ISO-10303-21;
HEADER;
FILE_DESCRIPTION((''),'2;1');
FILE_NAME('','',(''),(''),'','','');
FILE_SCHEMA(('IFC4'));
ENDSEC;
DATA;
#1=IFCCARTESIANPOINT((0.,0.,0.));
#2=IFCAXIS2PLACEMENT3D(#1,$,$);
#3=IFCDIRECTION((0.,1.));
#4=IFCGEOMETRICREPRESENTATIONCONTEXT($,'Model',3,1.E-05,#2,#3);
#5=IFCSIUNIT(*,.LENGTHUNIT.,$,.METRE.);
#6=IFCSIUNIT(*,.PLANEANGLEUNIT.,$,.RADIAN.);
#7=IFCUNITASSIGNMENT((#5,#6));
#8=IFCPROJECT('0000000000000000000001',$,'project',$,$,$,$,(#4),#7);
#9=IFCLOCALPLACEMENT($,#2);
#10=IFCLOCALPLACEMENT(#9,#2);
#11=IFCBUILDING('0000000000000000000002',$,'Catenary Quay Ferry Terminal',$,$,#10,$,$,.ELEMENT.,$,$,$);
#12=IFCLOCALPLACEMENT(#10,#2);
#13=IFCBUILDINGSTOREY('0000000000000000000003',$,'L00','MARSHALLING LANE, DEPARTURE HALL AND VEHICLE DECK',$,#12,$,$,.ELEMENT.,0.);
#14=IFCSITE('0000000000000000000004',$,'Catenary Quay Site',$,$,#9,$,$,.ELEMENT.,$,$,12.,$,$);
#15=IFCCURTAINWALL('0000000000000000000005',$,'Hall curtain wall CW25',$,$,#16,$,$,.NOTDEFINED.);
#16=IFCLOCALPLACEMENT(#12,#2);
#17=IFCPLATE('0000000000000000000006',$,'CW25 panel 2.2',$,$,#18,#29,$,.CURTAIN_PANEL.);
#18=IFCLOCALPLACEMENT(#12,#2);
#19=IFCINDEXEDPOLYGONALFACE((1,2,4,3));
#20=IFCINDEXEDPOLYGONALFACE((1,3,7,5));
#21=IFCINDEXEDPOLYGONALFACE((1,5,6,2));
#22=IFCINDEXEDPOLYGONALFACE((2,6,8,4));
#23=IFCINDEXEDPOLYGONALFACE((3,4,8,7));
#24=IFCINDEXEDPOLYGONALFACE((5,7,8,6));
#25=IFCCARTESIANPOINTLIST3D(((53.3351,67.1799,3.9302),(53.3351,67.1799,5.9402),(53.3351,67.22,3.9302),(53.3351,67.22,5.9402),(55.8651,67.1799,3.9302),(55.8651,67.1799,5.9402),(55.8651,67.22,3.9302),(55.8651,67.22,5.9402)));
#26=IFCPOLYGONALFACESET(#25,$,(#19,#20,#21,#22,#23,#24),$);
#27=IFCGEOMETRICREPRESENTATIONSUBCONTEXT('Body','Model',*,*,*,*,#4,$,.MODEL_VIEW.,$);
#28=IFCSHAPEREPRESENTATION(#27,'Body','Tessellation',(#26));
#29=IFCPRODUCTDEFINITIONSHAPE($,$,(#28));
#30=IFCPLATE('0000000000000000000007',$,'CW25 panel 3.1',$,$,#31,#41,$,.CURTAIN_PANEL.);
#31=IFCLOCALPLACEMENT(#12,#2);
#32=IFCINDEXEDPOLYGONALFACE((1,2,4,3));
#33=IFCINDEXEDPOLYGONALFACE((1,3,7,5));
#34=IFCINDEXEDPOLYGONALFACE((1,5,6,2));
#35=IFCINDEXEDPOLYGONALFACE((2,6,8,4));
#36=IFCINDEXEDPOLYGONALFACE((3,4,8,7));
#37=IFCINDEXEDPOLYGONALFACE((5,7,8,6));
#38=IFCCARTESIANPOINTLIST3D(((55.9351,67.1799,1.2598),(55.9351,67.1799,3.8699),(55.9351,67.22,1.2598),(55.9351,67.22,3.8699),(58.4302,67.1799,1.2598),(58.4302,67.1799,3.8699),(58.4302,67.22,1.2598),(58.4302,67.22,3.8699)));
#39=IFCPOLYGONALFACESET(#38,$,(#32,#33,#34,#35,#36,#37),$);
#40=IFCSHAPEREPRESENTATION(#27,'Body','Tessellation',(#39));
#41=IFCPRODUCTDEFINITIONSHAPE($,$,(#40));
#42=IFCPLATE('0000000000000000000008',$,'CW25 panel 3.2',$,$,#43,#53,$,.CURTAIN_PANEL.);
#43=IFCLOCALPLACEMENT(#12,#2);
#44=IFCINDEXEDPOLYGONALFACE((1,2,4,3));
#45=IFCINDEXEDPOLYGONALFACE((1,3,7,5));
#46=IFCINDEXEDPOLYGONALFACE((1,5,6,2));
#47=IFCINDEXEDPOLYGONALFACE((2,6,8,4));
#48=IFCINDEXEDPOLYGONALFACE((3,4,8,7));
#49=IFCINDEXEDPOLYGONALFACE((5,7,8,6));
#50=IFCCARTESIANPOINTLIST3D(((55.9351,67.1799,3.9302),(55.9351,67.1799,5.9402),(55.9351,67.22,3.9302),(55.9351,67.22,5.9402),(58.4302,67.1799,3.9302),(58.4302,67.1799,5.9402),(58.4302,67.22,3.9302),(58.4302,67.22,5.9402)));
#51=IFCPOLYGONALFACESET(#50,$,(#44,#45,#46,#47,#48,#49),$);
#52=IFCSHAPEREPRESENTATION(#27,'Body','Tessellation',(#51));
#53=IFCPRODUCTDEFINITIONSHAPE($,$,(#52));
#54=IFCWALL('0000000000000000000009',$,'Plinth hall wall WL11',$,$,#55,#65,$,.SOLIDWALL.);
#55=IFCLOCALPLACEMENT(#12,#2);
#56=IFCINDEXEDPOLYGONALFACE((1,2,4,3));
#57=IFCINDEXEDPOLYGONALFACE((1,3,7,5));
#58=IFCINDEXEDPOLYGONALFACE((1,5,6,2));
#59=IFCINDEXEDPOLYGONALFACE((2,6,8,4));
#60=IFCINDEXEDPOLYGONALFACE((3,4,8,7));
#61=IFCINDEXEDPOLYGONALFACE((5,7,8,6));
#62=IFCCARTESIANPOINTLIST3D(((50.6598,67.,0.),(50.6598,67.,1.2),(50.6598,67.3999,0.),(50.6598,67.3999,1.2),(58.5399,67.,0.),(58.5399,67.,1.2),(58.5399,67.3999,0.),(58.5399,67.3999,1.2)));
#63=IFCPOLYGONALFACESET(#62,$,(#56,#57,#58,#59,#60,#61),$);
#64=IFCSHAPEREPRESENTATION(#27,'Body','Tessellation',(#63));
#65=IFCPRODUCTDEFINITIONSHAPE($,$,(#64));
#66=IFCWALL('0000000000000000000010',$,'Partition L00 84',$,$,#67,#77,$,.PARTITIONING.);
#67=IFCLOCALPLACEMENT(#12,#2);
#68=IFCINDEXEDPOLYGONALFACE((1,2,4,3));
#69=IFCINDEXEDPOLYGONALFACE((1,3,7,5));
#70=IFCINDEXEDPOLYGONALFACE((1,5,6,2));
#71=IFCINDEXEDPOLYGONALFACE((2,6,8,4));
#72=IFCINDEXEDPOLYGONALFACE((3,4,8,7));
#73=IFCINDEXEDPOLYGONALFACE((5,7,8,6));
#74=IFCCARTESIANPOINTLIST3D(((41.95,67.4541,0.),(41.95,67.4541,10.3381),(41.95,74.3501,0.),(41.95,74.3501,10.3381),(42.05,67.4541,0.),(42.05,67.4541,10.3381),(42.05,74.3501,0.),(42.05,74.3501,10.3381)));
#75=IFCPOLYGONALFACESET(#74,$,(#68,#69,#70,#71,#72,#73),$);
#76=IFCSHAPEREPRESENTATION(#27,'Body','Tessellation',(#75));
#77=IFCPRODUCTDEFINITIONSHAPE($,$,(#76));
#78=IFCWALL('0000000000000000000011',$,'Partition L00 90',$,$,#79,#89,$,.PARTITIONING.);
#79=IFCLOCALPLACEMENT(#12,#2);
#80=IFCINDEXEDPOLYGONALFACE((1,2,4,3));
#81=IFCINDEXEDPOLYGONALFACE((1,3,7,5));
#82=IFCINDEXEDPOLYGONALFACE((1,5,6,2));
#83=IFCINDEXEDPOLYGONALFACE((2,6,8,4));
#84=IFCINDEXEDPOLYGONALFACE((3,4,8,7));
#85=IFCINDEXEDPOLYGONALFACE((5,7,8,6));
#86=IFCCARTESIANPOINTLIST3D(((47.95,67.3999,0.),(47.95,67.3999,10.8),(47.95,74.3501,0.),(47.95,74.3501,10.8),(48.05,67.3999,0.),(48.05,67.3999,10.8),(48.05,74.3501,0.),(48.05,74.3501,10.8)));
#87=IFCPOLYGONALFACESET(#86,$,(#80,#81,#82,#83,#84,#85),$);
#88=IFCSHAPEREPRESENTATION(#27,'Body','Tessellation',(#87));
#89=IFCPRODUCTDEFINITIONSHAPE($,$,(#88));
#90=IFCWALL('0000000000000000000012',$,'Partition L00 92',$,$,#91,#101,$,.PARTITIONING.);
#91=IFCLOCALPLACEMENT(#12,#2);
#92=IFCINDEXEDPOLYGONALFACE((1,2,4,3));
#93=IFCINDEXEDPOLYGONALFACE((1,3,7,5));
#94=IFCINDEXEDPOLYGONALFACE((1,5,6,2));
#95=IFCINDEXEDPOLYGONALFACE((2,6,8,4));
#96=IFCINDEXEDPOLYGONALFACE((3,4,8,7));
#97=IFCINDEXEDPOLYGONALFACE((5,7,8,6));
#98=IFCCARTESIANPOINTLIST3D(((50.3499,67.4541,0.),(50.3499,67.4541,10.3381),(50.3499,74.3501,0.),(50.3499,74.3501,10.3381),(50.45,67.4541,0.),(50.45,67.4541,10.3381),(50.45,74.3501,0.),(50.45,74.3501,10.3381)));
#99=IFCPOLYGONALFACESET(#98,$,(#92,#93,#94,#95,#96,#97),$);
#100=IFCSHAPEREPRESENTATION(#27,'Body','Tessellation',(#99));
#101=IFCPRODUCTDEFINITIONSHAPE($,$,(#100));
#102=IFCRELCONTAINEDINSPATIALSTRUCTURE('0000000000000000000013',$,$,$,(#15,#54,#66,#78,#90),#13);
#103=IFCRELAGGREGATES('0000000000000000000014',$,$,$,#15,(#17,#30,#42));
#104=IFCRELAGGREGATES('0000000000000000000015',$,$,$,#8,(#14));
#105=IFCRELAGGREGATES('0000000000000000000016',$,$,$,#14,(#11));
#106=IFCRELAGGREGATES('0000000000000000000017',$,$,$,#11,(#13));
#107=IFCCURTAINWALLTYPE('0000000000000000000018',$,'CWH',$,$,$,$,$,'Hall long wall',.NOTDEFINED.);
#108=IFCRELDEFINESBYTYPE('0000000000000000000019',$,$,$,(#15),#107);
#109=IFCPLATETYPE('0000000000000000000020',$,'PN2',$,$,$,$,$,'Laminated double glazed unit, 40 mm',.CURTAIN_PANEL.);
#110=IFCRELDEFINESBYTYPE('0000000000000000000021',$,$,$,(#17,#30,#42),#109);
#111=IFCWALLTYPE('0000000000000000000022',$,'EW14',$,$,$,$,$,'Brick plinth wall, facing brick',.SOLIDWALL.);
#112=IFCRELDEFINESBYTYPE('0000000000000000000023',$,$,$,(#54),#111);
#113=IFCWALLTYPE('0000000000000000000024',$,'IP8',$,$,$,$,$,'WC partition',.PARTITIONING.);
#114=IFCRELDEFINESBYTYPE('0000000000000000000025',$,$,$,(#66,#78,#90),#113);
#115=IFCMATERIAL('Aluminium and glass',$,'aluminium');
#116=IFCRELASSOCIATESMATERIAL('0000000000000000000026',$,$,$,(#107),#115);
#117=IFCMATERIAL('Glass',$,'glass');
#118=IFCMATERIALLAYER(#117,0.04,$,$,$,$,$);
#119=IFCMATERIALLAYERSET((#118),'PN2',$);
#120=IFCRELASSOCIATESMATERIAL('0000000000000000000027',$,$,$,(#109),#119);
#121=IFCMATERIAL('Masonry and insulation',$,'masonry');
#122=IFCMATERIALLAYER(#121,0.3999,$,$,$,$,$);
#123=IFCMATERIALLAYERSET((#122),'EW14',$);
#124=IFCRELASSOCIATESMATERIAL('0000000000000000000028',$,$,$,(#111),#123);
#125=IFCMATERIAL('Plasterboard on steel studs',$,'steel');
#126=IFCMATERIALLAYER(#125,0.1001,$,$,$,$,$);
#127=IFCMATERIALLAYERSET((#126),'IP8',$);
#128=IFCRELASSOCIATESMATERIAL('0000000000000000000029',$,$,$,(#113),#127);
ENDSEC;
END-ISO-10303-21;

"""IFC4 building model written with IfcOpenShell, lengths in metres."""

from ifc_helpers import new_model, si_unit, direction, frame, frame_2d, origin, origin_2d, place, context, subcontext, project, spatial, rectangle, extrude, material, layer, layer_set, type_object, element, aggregate, save


model = new_model("IFC4")

# Units and contexts
model_context = context("Model", 3, precision=1e-05, world=origin(), true_north=direction((0.0, 1.0)))
body_context = subcontext(model_context, "Body", "Model", "MODEL_VIEW")
ifc_project = project(units=[si_unit("LENGTHUNIT", "METRE"), si_unit("PLANEANGLEUNIT", "RADIAN")], contexts=[model_context])

# Site, building, storey
site_placement = place(None, origin())
site = spatial("IfcSite", under=ifc_project, at=site_placement, Name="Catenary Quay Site", CompositionType="ELEMENT", RefElevation=12.0)
building_placement = place(site_placement, origin())
building = spatial("IfcBuilding", under=site, at=building_placement, Name="Catenary Quay Ferry Terminal", CompositionType="ELEMENT")
storey_placement = place(building_placement, origin())
storey = spatial("IfcBuildingStorey", under=building, at=storey_placement, Name="L00", Description="MARSHALLING LANE, DEPARTURE HALL AND VEHICLE DECK", CompositionType="ELEMENT", Elevation=0.0)

# Curtain wall, plates
ifc_material_1 = material(Name="Aluminium and glass", Category="aluminium")
curtain_wall_type = type_object("IfcCurtainWallType", Name="CWH", ElementType="Hall long wall", PredefinedType="NOTDEFINED", material=ifc_material_1)
curtain_wall_placement = place(storey_placement, origin())
curtain_wall = element("IfcCurtainWall", 1, at=curtain_wall_placement, inside=storey, type_object=curtain_wall_type, Name="Hall curtain wall CW25", PredefinedType="NOTDEFINED")
ifc_material_2 = material(Name="Glass", Category="glass")
ifc_layer_1 = layer(ifc_material_2, 0.04)
ifc_layer_set_1 = layer_set([ifc_layer_1], Name="PN2")
plate_type = type_object("IfcPlateType", Name="PN2", ElementType="Laminated double glazed unit, 40 mm", PredefinedType="CURTAIN_PANEL", material=ifc_layer_set_1)
plate_1_placement = place(storey_placement, frame((54.6001, 67.2, 3.9302), z_axis=(0.0, 0.0, 1.0), x_axis=(1.0, 0.0, 0.0)))
plate_1 = element("IfcPlate", 2, at=plate_1_placement, type_object=plate_type, Name="CW25 panel 2.2", PredefinedType="CURTAIN_PANEL", context=body_context, shape_type="SweptSolid", body=[
    extrude(rectangle(XDim=2.53, YDim=0.04, at=origin_2d()), origin(), (0.0, 0.0, 1.0), 2.01),
])
plate_2_placement = place(storey_placement, frame((57.1826, 67.2, 1.2598), z_axis=(0.0, 0.0, 1.0), x_axis=(1.0, 0.0, 0.0)))
plate_2 = element("IfcPlate", 3, at=plate_2_placement, type_object=plate_type, Name="CW25 panel 3.1", PredefinedType="CURTAIN_PANEL", context=body_context, shape_type="SweptSolid", body=[
    extrude(rectangle(XDim=2.4951, YDim=0.04, at=origin_2d()), origin(), (0.0, 0.0, 1.0), 2.6101),
])
plate_3_placement = place(storey_placement, frame((57.1826, 67.2, 3.9302), z_axis=(0.0, 0.0, 1.0), x_axis=(1.0, 0.0, 0.0)))
plate_3 = element("IfcPlate", 4, at=plate_3_placement, type_object=plate_type, Name="CW25 panel 3.2", PredefinedType="CURTAIN_PANEL", context=body_context, shape_type="SweptSolid", body=[
    extrude(rectangle(XDim=2.4951, YDim=0.04, at=origin_2d()), origin(), (0.0, 0.0, 1.0), 2.01),
])
aggregate(curtain_wall, [plate_1, plate_2, plate_3])

# Walls
ifc_material_3 = material(Name="Masonry and insulation", Category="masonry")
ifc_layer_2 = layer(ifc_material_3, 0.3999)
ifc_layer_set_2 = layer_set([ifc_layer_2], Name="EW14")
wall_type_1 = type_object("IfcWallType", Name="EW14", ElementType="Brick plinth wall, facing brick", PredefinedType="SOLIDWALL", material=ifc_layer_set_2)
wall_1_placement = place(storey_placement, frame((50.6599, 67.2, 0.0), z_axis=(0.0, 0.0, 1.0), x_axis=(1.0, 0.0, 0.0)))
element("IfcWall", 5, at=wall_1_placement, inside=storey, type_object=wall_type_1, Name="Plinth hall wall WL11", PredefinedType="SOLIDWALL", context=body_context, shape_type="SweptSolid", body=[
    extrude(rectangle(XDim=7.8801, YDim=0.3999, at=frame_2d((3.9399, 0.0))), origin(), (0.0, 0.0, 1.0), 1.2),
])
ifc_material_4 = material(Name="Plasterboard on steel studs", Category="steel")
ifc_layer_3 = layer(ifc_material_4, 0.1001)
ifc_layer_set_3 = layer_set([ifc_layer_3], Name="IP8")
wall_type_2 = type_object("IfcWallType", Name="IP8", ElementType="WC partition", PredefinedType="PARTITIONING", material=ifc_layer_set_3)
wall_2_placement = place(storey_placement, frame((42.0, 67.4541, 0.0), z_axis=(0.0, 0.0, 1.0), x_axis=(0.0, 1.0, 0.0)))
element("IfcWall", 6, at=wall_2_placement, inside=storey, type_object=wall_type_2, Name="Partition L00 84", PredefinedType="PARTITIONING", context=body_context, shape_type="SweptSolid", body=[
    extrude(rectangle(XDim=6.896, YDim=0.1001, at=frame_2d((3.448, 0.0))), origin(), (0.0, 0.0, 1.0), 10.3381),
])
wall_3_placement = place(storey_placement, frame((48.0, 67.3999, 0.0), z_axis=(0.0, 0.0, 1.0), x_axis=(0.0, 1.0, 0.0)))
element("IfcWall", 7, at=wall_3_placement, inside=storey, type_object=wall_type_2, Name="Partition L00 90", PredefinedType="PARTITIONING", context=body_context, shape_type="SweptSolid", body=[
    extrude(rectangle(XDim=6.9502, YDim=0.1001, at=frame_2d((3.4751, 0.0))), origin(), (0.0, 0.0, 1.0), 10.8),
])
wall_4_placement = place(storey_placement, frame((50.3999, 67.4541, 0.0), z_axis=(0.0, 0.0, 1.0), x_axis=(0.0, 1.0, 0.0)))
element("IfcWall", 8, at=wall_4_placement, inside=storey, type_object=wall_type_2, Name="Partition L00 92", PredefinedType="PARTITIONING", context=body_context, shape_type="SweptSolid", body=[
    extrude(rectangle(XDim=6.896, YDim=0.1001, at=frame_2d((3.448, 0.0))), origin(), (0.0, 0.0, 1.0), 10.3381),
])

save(model, "model.ifc")
